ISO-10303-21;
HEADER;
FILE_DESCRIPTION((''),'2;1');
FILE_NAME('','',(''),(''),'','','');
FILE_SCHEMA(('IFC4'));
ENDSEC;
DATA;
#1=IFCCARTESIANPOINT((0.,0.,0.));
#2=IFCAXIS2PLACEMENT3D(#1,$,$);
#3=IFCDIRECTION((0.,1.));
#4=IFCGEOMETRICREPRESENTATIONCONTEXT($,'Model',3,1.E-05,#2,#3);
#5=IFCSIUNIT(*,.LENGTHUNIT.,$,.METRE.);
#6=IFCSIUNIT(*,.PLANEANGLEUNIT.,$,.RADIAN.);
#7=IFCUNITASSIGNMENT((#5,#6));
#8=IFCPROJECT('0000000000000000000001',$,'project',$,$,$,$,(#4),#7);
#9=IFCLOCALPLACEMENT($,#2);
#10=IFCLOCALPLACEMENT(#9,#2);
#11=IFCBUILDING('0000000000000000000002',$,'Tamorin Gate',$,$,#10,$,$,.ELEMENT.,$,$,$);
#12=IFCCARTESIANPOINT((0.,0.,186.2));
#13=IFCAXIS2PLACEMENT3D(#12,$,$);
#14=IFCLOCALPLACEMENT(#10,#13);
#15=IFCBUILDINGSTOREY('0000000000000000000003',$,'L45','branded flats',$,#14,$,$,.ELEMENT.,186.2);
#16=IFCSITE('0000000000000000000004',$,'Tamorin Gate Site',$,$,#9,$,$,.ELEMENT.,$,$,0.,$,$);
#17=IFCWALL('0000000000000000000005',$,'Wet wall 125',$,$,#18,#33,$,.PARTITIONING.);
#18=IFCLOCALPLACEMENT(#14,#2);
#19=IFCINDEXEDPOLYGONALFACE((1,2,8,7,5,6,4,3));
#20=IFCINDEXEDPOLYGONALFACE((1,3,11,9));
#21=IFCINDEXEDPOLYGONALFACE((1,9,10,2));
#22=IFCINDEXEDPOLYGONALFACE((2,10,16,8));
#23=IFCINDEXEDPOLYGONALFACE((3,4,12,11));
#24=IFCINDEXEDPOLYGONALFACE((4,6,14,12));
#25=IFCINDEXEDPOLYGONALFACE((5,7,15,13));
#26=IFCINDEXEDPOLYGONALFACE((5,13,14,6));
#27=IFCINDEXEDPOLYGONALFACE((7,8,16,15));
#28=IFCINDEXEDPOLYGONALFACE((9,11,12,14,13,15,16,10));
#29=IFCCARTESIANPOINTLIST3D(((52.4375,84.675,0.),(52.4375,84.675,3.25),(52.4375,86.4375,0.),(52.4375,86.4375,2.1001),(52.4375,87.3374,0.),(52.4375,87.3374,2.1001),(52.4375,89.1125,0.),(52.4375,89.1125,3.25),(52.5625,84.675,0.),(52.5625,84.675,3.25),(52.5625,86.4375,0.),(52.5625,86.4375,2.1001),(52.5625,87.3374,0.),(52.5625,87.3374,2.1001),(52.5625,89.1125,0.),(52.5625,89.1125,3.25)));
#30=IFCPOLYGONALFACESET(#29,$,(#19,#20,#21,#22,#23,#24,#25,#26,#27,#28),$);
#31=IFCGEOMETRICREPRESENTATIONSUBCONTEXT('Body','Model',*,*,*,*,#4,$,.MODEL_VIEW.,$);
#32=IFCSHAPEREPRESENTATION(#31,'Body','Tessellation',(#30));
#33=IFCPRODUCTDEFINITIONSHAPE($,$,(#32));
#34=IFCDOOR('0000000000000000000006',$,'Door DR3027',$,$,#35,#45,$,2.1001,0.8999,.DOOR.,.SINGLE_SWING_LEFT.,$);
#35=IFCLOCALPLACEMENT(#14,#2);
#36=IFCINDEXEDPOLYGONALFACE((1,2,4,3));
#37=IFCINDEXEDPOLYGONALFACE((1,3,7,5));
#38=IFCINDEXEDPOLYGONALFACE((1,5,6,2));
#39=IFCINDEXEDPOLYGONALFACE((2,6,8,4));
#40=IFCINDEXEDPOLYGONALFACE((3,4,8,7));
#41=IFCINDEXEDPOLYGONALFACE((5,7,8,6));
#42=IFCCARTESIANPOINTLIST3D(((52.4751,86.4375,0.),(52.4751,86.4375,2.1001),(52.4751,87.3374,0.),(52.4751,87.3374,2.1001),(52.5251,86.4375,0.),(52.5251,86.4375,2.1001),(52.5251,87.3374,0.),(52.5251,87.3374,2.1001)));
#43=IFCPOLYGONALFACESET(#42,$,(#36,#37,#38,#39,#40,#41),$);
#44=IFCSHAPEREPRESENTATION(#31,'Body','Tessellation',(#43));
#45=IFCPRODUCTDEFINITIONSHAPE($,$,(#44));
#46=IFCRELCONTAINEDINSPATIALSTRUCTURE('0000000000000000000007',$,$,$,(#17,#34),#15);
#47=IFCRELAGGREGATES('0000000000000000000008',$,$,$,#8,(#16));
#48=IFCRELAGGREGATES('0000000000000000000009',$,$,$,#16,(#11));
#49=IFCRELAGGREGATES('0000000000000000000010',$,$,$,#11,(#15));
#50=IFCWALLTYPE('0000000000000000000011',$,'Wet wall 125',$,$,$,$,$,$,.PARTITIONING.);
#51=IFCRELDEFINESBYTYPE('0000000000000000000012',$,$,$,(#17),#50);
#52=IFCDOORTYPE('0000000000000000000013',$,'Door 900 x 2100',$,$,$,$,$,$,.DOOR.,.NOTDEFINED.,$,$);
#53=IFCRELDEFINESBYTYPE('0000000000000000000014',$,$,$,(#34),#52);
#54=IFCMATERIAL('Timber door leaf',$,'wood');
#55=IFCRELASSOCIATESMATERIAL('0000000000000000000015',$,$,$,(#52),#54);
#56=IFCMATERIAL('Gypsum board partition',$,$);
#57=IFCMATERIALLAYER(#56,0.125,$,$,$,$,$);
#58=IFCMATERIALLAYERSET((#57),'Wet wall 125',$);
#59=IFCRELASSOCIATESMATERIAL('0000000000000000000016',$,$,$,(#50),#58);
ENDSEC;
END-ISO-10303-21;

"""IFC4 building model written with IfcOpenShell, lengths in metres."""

from ifc_helpers import new_model, si_unit, direction, frame, frame_2d, origin, place, context, subcontext, project, spatial, rectangle, extrude, material, layer, layer_set, type_object, element, fill, save


model = new_model("IFC4")

# Units and contexts
model_context = context("Model", 3, precision=1e-05, world=origin(), true_north=direction((0.0, 1.0)))
body_context = subcontext(model_context, "Body", "Model", "MODEL_VIEW")
ifc_project = project(units=[si_unit("LENGTHUNIT", "METRE"), si_unit("PLANEANGLEUNIT", "RADIAN")], contexts=[model_context])

# Site, building, storey
site_placement = place(None, origin())
site = spatial("IfcSite", under=ifc_project, at=site_placement, Name="Tamorin Gate Site", CompositionType="ELEMENT", RefElevation=0.0)
building_placement = place(site_placement, origin())
building = spatial("IfcBuilding", under=site, at=building_placement, Name="Tamorin Gate", CompositionType="ELEMENT")
storey_placement = place(building_placement, frame((0.0, 0.0, 186.2)))
storey = spatial("IfcBuildingStorey", under=building, at=storey_placement, Name="L45", Description="branded flats", CompositionType="ELEMENT", Elevation=186.2)

# Shared definitions
ifc_material_1 = material(Name="Gypsum board partition")

# Shared definitions
ifc_material_2 = material(Name="Timber door leaf", Category="wood")
door_type_1 = type_object("IfcDoorType", Name="Door 900 x 2100", OperationType="NOTDEFINED", PredefinedType="DOOR", material=ifc_material_2)
ifc_layer_1 = layer(ifc_material_1, 0.125)
ifc_layer_set_1 = layer_set([ifc_layer_1], Name="Wet wall 125")
wall_type_1 = type_object("IfcWallType", Name="Wet wall 125", PredefinedType="PARTITIONING", material=ifc_layer_set_1)

# Wall, opening, door
wall_1_placement = place(storey_placement, frame((52.5, 84.675, 0.0), z_axis=(0.0, 0.0, 1.0), x_axis=(0.0, 1.0, 0.0)))
wall_1 = element("IfcWall", 1, at=wall_1_placement, inside=storey, type_object=wall_type_1, Name="Wet wall 125", PredefinedType="PARTITIONING", context=body_context, shape_type="SweptSolid", body=[
    extrude(rectangle(XDim=4.4375, YDim=0.125, at=frame_2d((2.2188, 0.0))), origin(), (0.0, 0.0, 1.0), 3.25),
])
opening_1_placement = place(wall_1_placement, frame((1.7625, 0.0, 0.0)))
opening_1 = element("IfcOpeningElement", 2, at=opening_1_placement, cuts=wall_1, PredefinedType="OPENING", context=body_context, shape_type="SweptSolid", body=[
    extrude(rectangle(XDim=0.8999, YDim=2.1001, at=frame_2d((0.45, 1.05))), frame((0.0, 0.0725, 0.0), z_axis=(0.0, -1.0, 0.0), x_axis=(1.0, 0.0, 0.0)), (0.0, 0.0, 1.0), 0.145),
])
door_1_placement = place(opening_1_placement, origin())
door_1 = element("IfcDoor", 3, at=door_1_placement, inside=storey, type_object=door_type_1, Name="Door DR3027", OperationType="SINGLE_SWING_LEFT", OverallHeight=2.1001, OverallWidth=0.8999, PredefinedType="DOOR", context=body_context, shape_type="SweptSolid", body=[
    extrude(rectangle(XDim=0.8999, YDim=2.1001, at=frame_2d((0.45, 1.05))), frame((0.0, 0.0249, 0.0), z_axis=(0.0, -1.0, 0.0), x_axis=(1.0, 0.0, 0.0)), (0.0, 0.0, 1.0), 0.05),
])
fill(opening_1, door_1)

save(model, "model.ifc")
